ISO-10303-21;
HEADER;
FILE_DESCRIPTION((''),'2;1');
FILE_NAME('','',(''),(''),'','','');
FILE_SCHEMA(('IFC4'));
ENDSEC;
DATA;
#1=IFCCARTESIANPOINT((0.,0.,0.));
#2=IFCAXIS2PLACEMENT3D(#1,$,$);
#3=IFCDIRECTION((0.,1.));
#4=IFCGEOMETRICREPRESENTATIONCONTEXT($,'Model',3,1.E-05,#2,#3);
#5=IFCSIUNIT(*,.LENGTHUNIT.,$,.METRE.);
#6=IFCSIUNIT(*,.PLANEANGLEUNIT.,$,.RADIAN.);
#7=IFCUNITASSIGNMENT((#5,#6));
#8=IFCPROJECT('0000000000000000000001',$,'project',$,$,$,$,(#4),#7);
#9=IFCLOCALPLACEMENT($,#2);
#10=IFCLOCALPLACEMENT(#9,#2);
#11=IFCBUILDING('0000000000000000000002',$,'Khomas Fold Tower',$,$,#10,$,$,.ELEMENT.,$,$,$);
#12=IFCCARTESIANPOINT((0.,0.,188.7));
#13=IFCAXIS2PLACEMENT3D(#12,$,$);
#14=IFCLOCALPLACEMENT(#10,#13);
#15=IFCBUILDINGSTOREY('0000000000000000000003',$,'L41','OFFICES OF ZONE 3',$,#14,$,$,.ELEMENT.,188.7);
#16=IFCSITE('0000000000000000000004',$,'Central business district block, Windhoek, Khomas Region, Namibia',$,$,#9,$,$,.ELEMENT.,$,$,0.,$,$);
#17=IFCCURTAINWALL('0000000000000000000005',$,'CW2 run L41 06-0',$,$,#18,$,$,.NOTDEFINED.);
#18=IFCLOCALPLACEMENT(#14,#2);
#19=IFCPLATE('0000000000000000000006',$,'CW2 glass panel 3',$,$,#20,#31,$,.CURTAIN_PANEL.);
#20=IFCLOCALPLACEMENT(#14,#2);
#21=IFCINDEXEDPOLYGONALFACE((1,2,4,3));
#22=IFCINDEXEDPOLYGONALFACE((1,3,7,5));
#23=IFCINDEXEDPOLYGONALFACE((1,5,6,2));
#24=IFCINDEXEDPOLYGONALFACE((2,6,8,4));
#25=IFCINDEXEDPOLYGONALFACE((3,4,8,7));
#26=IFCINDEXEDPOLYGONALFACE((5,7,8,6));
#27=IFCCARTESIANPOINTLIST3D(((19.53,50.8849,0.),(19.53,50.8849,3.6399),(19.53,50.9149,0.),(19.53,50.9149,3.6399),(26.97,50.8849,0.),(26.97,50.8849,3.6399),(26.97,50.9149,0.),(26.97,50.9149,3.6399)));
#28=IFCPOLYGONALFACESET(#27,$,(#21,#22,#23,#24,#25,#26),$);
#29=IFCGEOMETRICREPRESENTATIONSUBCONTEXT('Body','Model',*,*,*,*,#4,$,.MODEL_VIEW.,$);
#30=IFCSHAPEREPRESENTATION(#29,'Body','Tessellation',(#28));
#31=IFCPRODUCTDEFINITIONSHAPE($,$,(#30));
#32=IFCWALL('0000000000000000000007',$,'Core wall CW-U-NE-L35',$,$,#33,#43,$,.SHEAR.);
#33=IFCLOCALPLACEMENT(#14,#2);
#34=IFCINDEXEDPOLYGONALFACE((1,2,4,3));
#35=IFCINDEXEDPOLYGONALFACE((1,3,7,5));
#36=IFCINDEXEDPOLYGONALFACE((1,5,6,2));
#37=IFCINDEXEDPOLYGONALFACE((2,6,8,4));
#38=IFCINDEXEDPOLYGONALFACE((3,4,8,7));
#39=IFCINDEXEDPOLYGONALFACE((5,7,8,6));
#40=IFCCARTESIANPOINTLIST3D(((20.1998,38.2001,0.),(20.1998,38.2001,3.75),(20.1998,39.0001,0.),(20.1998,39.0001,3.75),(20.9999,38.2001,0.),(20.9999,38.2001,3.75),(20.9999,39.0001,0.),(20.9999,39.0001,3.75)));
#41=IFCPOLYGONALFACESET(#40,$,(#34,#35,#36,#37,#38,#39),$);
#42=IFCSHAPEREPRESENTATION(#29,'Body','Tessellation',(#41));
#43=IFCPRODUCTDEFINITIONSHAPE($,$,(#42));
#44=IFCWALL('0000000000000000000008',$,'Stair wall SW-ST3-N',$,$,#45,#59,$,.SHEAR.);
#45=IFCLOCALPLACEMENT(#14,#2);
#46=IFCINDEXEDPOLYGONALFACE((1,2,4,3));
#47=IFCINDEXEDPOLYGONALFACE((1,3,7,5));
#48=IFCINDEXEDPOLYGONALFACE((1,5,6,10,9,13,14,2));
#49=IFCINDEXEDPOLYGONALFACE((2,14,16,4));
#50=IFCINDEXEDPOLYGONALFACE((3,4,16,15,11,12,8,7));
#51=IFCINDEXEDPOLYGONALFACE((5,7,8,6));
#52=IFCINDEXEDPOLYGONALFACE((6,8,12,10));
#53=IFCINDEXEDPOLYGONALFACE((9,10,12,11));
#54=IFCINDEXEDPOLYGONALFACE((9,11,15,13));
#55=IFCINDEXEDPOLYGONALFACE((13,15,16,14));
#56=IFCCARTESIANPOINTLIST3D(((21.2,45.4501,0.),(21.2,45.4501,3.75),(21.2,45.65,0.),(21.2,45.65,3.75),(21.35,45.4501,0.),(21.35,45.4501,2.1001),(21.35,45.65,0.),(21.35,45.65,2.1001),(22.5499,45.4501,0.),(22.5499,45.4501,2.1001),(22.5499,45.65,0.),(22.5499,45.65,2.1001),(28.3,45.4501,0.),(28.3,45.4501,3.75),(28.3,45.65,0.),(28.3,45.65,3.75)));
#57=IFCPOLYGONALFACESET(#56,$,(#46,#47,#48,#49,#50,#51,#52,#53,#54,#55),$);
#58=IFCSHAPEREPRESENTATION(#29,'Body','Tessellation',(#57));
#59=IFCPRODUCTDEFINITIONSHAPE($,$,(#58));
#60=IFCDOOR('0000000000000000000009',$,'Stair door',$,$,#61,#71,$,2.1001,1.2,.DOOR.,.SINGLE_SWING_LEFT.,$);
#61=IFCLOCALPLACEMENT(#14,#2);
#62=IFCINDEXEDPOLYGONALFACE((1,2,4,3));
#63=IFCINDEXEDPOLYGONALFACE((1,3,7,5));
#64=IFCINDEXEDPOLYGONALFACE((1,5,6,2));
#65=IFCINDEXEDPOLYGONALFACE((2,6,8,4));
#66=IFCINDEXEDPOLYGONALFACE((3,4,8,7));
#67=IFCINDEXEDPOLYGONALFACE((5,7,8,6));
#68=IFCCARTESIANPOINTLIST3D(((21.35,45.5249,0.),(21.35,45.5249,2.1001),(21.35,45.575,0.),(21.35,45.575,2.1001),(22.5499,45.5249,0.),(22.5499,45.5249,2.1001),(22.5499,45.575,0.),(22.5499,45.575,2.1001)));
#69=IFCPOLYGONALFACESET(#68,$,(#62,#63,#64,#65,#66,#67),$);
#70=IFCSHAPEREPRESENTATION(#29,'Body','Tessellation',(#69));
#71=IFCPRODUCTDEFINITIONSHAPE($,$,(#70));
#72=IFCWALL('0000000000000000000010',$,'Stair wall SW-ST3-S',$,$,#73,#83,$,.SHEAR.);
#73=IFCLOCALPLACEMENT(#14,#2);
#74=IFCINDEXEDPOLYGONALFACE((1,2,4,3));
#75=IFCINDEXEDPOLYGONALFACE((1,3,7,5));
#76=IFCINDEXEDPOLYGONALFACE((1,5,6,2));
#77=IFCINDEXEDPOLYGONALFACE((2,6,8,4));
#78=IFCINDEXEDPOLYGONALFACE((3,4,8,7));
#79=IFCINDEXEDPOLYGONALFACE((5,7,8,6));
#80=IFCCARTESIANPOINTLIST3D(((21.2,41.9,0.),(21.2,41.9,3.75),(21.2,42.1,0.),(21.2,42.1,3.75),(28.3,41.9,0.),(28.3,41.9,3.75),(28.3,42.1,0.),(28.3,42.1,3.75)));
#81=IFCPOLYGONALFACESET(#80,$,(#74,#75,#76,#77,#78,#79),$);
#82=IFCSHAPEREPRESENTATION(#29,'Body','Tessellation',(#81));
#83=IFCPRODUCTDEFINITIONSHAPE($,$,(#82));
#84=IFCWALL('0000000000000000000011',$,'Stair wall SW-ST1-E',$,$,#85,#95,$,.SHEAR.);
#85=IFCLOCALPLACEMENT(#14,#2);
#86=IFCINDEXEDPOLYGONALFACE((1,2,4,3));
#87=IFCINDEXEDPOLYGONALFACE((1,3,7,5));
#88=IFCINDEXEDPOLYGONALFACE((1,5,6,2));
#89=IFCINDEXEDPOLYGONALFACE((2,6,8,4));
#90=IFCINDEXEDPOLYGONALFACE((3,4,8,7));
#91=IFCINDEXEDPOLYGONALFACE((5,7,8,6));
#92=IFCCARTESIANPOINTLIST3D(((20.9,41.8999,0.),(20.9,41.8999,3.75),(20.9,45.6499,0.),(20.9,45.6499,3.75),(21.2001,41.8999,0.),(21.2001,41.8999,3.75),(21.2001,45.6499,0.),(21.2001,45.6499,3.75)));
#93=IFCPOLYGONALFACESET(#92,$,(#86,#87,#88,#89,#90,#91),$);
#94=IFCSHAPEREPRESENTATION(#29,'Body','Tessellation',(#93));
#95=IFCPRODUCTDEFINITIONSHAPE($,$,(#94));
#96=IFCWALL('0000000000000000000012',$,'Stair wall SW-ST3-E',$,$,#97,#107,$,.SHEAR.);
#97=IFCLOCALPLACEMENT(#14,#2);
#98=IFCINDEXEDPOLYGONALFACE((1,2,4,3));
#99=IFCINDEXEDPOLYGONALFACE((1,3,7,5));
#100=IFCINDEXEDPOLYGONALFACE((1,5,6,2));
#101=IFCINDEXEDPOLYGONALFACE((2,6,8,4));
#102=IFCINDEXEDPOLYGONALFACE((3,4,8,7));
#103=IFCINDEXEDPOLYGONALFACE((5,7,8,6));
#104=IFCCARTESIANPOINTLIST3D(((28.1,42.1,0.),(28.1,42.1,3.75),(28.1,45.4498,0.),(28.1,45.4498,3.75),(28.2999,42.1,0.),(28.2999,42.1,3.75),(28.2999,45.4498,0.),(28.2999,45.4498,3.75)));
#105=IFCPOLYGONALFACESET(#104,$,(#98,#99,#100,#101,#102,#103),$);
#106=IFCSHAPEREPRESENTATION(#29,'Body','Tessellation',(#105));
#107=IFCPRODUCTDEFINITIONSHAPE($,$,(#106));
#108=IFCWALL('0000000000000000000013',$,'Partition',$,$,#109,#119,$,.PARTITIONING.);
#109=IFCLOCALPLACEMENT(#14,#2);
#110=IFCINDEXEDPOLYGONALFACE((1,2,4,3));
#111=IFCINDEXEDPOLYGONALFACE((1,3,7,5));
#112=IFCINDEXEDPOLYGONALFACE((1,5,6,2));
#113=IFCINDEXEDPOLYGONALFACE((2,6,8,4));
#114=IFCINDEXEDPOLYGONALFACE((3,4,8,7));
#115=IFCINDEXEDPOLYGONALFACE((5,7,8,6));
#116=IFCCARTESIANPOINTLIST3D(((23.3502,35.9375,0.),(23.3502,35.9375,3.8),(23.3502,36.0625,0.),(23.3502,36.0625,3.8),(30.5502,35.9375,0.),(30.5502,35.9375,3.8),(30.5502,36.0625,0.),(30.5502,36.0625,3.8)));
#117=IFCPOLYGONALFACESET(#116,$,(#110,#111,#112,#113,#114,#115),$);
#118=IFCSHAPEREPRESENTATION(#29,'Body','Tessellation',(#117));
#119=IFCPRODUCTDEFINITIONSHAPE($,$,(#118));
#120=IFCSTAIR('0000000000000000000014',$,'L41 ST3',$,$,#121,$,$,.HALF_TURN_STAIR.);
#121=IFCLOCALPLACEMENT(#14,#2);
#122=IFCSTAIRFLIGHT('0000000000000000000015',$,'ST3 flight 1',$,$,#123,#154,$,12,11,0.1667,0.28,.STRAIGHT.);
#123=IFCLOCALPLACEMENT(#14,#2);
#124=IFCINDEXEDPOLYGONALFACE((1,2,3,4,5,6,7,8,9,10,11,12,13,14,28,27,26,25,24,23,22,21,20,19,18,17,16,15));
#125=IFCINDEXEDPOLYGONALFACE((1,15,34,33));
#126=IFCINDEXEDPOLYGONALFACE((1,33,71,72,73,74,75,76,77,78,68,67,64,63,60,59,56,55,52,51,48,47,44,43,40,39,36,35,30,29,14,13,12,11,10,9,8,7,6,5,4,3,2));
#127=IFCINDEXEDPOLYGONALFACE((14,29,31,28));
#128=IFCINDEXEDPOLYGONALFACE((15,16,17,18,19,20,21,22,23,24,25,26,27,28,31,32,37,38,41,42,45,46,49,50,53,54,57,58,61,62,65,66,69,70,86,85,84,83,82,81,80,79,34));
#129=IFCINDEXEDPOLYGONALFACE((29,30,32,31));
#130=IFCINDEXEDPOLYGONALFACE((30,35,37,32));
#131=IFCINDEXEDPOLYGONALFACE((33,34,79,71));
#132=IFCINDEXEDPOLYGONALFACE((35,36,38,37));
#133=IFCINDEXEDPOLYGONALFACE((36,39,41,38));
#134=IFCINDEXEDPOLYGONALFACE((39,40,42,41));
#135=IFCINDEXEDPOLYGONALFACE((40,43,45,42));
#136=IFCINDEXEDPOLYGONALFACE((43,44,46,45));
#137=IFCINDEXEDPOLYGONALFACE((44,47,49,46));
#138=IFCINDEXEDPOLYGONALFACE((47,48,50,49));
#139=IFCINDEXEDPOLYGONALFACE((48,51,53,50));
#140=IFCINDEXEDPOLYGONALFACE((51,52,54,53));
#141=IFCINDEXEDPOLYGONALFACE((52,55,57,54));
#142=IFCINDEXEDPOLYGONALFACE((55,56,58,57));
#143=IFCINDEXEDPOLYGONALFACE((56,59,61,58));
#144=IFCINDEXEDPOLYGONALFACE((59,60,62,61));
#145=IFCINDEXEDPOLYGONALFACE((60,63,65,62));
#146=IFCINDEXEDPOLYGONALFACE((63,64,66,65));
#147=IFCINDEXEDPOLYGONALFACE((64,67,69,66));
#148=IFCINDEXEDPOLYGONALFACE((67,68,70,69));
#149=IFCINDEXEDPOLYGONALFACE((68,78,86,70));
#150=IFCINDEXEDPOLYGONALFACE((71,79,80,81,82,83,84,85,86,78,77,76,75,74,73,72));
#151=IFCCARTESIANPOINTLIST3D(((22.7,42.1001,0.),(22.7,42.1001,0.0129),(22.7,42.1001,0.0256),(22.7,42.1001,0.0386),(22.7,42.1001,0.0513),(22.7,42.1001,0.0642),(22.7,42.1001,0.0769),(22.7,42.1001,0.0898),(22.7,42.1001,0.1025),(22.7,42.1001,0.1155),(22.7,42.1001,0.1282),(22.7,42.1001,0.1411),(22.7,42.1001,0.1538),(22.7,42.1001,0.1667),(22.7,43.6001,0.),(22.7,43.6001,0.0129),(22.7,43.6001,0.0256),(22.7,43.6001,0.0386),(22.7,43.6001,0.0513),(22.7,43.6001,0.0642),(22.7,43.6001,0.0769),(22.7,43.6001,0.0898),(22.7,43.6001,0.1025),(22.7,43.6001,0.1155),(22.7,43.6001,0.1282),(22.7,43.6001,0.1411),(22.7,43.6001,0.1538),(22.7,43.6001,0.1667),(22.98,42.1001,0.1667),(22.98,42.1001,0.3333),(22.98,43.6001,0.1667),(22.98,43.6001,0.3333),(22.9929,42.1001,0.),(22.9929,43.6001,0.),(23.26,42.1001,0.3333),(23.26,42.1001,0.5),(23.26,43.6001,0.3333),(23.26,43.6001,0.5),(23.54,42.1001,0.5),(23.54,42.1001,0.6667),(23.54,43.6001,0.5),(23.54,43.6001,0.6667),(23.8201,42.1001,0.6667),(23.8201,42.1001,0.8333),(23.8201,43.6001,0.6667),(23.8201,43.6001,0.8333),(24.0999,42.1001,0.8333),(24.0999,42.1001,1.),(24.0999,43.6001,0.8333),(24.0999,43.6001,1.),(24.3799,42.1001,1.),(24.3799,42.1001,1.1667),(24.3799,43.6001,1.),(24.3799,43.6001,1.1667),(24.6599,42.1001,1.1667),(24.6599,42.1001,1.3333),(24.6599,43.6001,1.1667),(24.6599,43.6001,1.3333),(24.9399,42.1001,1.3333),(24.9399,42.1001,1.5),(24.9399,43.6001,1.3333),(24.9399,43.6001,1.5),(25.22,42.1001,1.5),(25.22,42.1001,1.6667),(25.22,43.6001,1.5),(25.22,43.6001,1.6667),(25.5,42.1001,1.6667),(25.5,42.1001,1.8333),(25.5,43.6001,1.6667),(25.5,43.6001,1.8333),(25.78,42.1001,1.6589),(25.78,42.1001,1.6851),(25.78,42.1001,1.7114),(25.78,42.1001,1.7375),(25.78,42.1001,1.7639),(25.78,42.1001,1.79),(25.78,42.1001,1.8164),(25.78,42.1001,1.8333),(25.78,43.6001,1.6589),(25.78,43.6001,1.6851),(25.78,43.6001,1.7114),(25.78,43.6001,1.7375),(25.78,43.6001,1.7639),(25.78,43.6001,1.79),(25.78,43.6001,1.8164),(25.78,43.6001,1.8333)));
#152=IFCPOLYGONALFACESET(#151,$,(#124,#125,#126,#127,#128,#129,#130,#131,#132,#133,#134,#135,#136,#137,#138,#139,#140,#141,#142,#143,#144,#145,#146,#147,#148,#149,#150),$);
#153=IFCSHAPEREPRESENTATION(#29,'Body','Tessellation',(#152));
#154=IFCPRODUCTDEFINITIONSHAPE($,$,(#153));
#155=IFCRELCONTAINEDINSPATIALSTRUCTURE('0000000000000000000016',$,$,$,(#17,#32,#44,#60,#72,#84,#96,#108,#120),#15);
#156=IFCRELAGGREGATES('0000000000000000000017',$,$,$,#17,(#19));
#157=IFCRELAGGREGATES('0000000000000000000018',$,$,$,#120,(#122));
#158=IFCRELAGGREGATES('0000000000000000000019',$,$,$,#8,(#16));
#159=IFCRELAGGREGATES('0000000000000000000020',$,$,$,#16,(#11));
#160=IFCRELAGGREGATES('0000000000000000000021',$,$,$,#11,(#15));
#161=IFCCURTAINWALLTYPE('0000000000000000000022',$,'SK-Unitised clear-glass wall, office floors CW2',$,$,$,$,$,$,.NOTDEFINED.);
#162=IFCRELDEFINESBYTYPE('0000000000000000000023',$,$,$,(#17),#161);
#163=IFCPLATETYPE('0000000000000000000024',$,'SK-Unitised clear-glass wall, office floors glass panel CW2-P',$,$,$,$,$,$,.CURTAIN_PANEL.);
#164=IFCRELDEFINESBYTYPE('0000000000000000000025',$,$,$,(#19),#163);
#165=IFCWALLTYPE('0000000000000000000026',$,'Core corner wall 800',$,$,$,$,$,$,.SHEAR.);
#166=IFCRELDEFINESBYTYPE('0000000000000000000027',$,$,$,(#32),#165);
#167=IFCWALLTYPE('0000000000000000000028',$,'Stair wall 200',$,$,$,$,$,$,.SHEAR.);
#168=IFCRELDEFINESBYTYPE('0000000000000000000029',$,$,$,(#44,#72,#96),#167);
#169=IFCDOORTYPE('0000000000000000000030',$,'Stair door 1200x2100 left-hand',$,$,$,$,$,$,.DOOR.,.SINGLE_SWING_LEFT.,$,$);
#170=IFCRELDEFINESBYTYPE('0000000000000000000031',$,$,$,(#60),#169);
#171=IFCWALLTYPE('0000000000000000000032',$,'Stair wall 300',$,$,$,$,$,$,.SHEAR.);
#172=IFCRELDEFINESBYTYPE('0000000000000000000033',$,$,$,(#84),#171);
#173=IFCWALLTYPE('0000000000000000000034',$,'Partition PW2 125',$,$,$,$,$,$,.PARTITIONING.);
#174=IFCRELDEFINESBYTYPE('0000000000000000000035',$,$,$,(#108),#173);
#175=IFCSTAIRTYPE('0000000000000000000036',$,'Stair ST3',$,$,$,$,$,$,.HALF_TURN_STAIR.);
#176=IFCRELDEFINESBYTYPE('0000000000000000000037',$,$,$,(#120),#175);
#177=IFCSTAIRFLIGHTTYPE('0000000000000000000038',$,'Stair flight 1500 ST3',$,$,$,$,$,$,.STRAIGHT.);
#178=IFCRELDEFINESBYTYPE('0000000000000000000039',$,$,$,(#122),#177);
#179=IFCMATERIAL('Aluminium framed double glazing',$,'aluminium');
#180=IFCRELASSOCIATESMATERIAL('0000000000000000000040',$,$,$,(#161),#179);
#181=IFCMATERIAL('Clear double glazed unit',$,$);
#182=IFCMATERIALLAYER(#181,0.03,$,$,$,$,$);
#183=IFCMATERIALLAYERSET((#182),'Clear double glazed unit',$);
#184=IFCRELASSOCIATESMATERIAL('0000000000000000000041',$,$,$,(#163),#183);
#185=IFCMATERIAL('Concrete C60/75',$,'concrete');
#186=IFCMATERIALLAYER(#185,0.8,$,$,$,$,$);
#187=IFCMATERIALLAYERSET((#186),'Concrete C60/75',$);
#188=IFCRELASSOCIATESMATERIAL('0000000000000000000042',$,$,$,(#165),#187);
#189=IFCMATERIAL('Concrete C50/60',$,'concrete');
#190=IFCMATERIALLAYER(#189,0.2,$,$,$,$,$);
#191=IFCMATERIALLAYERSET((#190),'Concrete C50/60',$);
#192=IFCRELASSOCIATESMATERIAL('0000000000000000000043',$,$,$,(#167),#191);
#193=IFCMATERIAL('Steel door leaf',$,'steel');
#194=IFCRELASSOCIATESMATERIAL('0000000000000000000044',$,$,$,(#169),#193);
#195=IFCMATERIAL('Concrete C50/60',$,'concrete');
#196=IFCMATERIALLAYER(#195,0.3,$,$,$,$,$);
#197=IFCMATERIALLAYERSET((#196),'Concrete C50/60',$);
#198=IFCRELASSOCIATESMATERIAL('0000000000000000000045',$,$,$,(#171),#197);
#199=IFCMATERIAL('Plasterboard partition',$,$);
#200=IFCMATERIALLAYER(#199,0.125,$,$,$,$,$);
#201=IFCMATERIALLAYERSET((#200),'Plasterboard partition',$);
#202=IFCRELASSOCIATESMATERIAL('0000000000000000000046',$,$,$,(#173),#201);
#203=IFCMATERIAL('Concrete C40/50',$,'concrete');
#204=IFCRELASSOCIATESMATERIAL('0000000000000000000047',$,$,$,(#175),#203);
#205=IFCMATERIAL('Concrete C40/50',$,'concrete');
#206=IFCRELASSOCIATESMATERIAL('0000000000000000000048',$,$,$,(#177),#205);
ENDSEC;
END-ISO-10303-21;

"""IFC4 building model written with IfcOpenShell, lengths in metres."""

from ifc_helpers import new_model, si_unit, direction, frame, frame_2d, origin, origin_2d, place, context, subcontext, project, spatial, polyline, rectangle, outline, extrude, source, transform, mapped, material, layer, layer_set, type_object, element, fill, aggregate, save


model = new_model("IFC4")

# Units and contexts
model_context = context("Model", 3, precision=1e-05, world=origin(), true_north=direction((0.0, 1.0)))
body_context = subcontext(model_context, "Body", "Model", "MODEL_VIEW")
ifc_project = project(units=[si_unit("LENGTHUNIT", "METRE"), si_unit("PLANEANGLEUNIT", "RADIAN")], contexts=[model_context])

# Site, building, storey
site_placement = place(None, origin())
site = spatial("IfcSite", under=ifc_project, at=site_placement, Name="Central business district block, Windhoek, Khomas Region, Namibia", CompositionType="ELEMENT", RefElevation=0.0)
building_placement = place(site_placement, origin())
building = spatial("IfcBuilding", under=site, at=building_placement, Name="Khomas Fold Tower", CompositionType="ELEMENT")
storey_placement = place(building_placement, frame((0.0, 0.0, 188.7)))
storey = spatial("IfcBuildingStorey", under=building, at=storey_placement, Name="L41", Description="OFFICES OF ZONE 3", CompositionType="ELEMENT", Elevation=188.7)

# Curtain wall
ifc_material_1 = material(Name="Aluminium framed double glazing", Category="aluminium")
curtain_wall_type = type_object("IfcCurtainWallType", Name="SK-Unitised clear-glass wall, office floors CW2", PredefinedType="NOTDEFINED", material=ifc_material_1)
curtain_wall_placement = place(storey_placement, origin())
curtain_wall = element("IfcCurtainWall", 1, at=curtain_wall_placement, inside=storey, type_object=curtain_wall_type, Name="CW2 run L41 06-0", PredefinedType="NOTDEFINED")

# Plate
ifc_material_2 = material(Name="Clear double glazed unit")
ifc_layer_1 = layer(ifc_material_2, 0.03)
ifc_layer_set_1 = layer_set([ifc_layer_1], Name="Clear double glazed unit")
plate_type_1 = type_object("IfcPlateType", Name="SK-Unitised clear-glass wall, office floors glass panel CW2-P", PredefinedType="CURTAIN_PANEL", material=ifc_layer_set_1)
shared_shape_1 = source(origin(), body_context, "Body", "SweptSolid", [
    extrude(rectangle(XDim=7.4399, YDim=0.03, at=origin_2d()), origin(), (0.0, 0.0, 1.0), 3.6399),
])
plate_placement = place(storey_placement, frame((23.25, 50.8999, 0.0), z_axis=(0.0, 0.0, 1.0), x_axis=(-1.0, 0.0, 0.0)))
plate = element("IfcPlate", 2, at=plate_placement, type_object=plate_type_1, Name="CW2 glass panel 3", PredefinedType="CURTAIN_PANEL", context=body_context, shape_type="MappedRepresentation", body=[
    mapped(shared_shape_1, transform((0.0, 0.0, 0.0))),
])
aggregate(curtain_wall, [plate])

# Wall
ifc_material_3 = material(Name="Concrete C60/75", Category="concrete")
ifc_layer_2 = layer(ifc_material_3, 0.8)
ifc_layer_set_2 = layer_set([ifc_layer_2], Name="Concrete C60/75")
wall_type_1 = type_object("IfcWallType", Name="Core corner wall 800", PredefinedType="SHEAR", material=ifc_layer_set_2)
shared_shape_2 = source(origin(), body_context, "Body", "SweptSolid", [
    extrude(rectangle(XDim=0.8, YDim=0.8, at=frame_2d((0.3999, 0.0))), origin(), (0.0, 0.0, 1.0), 3.75),
])
wall_1_placement = place(storey_placement, frame((20.2, 38.6001, 0.0), z_axis=(0.0, 0.0, 1.0), x_axis=(1.0, 0.0, 0.0)))
element("IfcWall", 3, at=wall_1_placement, inside=storey, type_object=wall_type_1, Name="Core wall CW-U-NE-L35", PredefinedType="SHEAR", context=body_context, shape_type="MappedRepresentation", body=[
    mapped(shared_shape_2, transform((0.0, 0.0, 0.0))),
])

# Wall, opening, door
ifc_material_4 = material(Name="Concrete C50/60", Category="concrete")
ifc_layer_3 = layer(ifc_material_4, 0.2)
ifc_layer_set_3 = layer_set([ifc_layer_3], Name="Concrete C50/60")
wall_type_2 = type_object("IfcWallType", Name="Stair wall 200", PredefinedType="SHEAR", material=ifc_layer_set_3)
shared_shape_3 = source(origin(), body_context, "Body", "SweptSolid", [
    extrude(rectangle(XDim=7.1001, YDim=0.2, at=frame_2d((3.55, 0.0))), origin(), (0.0, 0.0, 1.0), 3.75),
])
wall_2_placement = place(storey_placement, frame((21.2, 45.55, 0.0), z_axis=(0.0, 0.0, 1.0), x_axis=(1.0, 0.0, 0.0)))
wall_2 = element("IfcWall", 4, at=wall_2_placement, inside=storey, type_object=wall_type_2, Name="Stair wall SW-ST3-N", PredefinedType="SHEAR", context=body_context, shape_type="MappedRepresentation", body=[
    mapped(shared_shape_3, transform((0.0, 0.0, 0.0))),
])
shared_shape_4 = source(origin(), body_context, "Body", "SweptSolid", [
    extrude(rectangle(XDim=1.2, YDim=2.1001, at=frame_2d((0.6001, 1.05))), frame((0.0, 0.1099, 0.0), z_axis=(0.0, -1.0, 0.0), x_axis=(1.0, 0.0, 0.0)), (0.0, 0.0, 1.0), 0.22),
])
opening_placement = place(wall_2_placement, frame((0.1499, 0.0, 0.0)))
opening = element("IfcOpeningElement", 5, at=opening_placement, cuts=wall_2, PredefinedType="OPENING", context=body_context, shape_type="MappedRepresentation", body=[
    mapped(shared_shape_4, transform((0.0, 0.0, 0.0))),
])
ifc_material_5 = material(Name="Steel door leaf", Category="steel")
door_type = type_object("IfcDoorType", Name="Stair door 1200x2100 left-hand", OperationType="SINGLE_SWING_LEFT", PredefinedType="DOOR", material=ifc_material_5)
shared_shape_5 = source(origin(), body_context, "Body", "SweptSolid", [
    extrude(rectangle(XDim=1.2, YDim=2.1001, at=frame_2d((0.6001, 1.05))), frame((0.0, 0.0249, 0.0), z_axis=(0.0, -1.0, 0.0), x_axis=(1.0, 0.0, 0.0)), (0.0, 0.0, 1.0), 0.05),
])
door_placement = place(opening_placement, origin())
door = element("IfcDoor", 6, at=door_placement, inside=storey, type_object=door_type, Name="Stair door", OperationType="SINGLE_SWING_LEFT", OverallHeight=2.1001, OverallWidth=1.2, PredefinedType="DOOR", context=body_context, shape_type="MappedRepresentation", body=[
    mapped(shared_shape_5, transform((0.0, 0.0, 0.0))),
])
fill(opening, door)

# Walls
wall_3_placement = place(storey_placement, frame((21.2, 42.0, 0.0), z_axis=(0.0, 0.0, 1.0), x_axis=(1.0, 0.0, 0.0)))
element("IfcWall", 7, at=wall_3_placement, inside=storey, type_object=wall_type_2, Name="Stair wall SW-ST3-S", PredefinedType="SHEAR", context=body_context, shape_type="MappedRepresentation", body=[
    mapped(shared_shape_3, transform((0.0, 0.0, 0.0))),
])
ifc_material_6 = material(Name="Concrete C50/60", Category="concrete")
ifc_layer_4 = layer(ifc_material_6, 0.3)
ifc_layer_set_4 = layer_set([ifc_layer_4], Name="Concrete C50/60")
wall_type_3 = type_object("IfcWallType", Name="Stair wall 300", PredefinedType="SHEAR", material=ifc_layer_set_4)
shared_shape_6 = source(origin(), body_context, "Body", "SweptSolid", [
    extrude(rectangle(XDim=3.75, YDim=0.3, at=frame_2d((1.875, 0.0))), origin(), (0.0, 0.0, 1.0), 3.75),
])
wall_4_placement = place(storey_placement, frame((21.05, 41.8999, 0.0), z_axis=(0.0, 0.0, 1.0), x_axis=(0.0, 1.0, 0.0)))
element("IfcWall", 8, at=wall_4_placement, inside=storey, type_object=wall_type_3, Name="Stair wall SW-ST1-E", PredefinedType="SHEAR", context=body_context, shape_type="MappedRepresentation", body=[
    mapped(shared_shape_6, transform((0.0, 0.0, 0.0))),
])
shared_shape_7 = source(origin(), body_context, "Body", "SweptSolid", [
    extrude(rectangle(XDim=3.3499, YDim=0.2, at=frame_2d((1.6748, 0.0))), origin(), (0.0, 0.0, 1.0), 3.75),
])
wall_5_placement = place(storey_placement, frame((28.2, 42.1001, 0.0), z_axis=(0.0, 0.0, 1.0), x_axis=(0.0, 1.0, 0.0)))
element("IfcWall", 9, at=wall_5_placement, inside=storey, type_object=wall_type_2, Name="Stair wall SW-ST3-E", PredefinedType="SHEAR", context=body_context, shape_type="MappedRepresentation", body=[
    mapped(shared_shape_7, transform((0.0, 0.0, 0.0))),
])
ifc_material_7 = material(Name="Plasterboard partition")
ifc_layer_5 = layer(ifc_material_7, 0.125)
ifc_layer_set_5 = layer_set([ifc_layer_5], Name="Plasterboard partition")
wall_type_4 = type_object("IfcWallType", Name="Partition PW2 125", PredefinedType="PARTITIONING", material=ifc_layer_set_5)
shared_shape_8 = source(origin(), body_context, "Body", "SweptSolid", [
    extrude(rectangle(XDim=7.2, YDim=0.125, at=frame_2d((3.6001, 0.0))), origin(), (0.0, 0.0, 1.0), 3.8),
])
wall_6_placement = place(storey_placement, frame((23.3501, 36.0, 0.0), z_axis=(0.0, 0.0, 1.0), x_axis=(1.0, 0.0, 0.0)))
element("IfcWall", 10, at=wall_6_placement, inside=storey, type_object=wall_type_4, Name="Partition", PredefinedType="PARTITIONING", context=body_context, shape_type="MappedRepresentation", body=[
    mapped(shared_shape_8, transform((0.0, 0.0, 0.0))),
])

# Stair, stair flight
ifc_material_8 = material(Name="Concrete C40/50", Category="concrete")
stair_type = type_object("IfcStairType", Name="Stair ST3", PredefinedType="HALF_TURN_STAIR", material=ifc_material_8)
stair_placement = place(storey_placement, origin())
stair = element("IfcStair", 11, at=stair_placement, inside=storey, type_object=stair_type, Name="L41 ST3", PredefinedType="HALF_TURN_STAIR")
ifc_material_9 = material(Name="Concrete C40/50", Category="concrete")
stair_flight_type = type_object("IfcStairFlightType", Name="Stair flight 1500 ST3", PredefinedType="STRAIGHT", material=ifc_material_9)
shared_shape_9 = source(origin(), body_context, "Body", "SweptSolid", [
    extrude(outline(polyline([(0.0, 0.0), (0.0, 0.0129), (0.0, 0.0256), (0.0, 0.0386), (0.0, 0.0513), (0.0, 0.0642), (0.0, 0.0769), (0.0, 0.0898), (0.0, 0.1025), (0.0, 0.1155), (0.0, 0.1282), (0.0, 0.1411), (0.0, 0.1538), (0.0, 0.1667), (0.28, 0.1667), (0.28, 0.3333), (0.5601, 0.3333), (0.5601, 0.5), (0.8401, 0.5), (0.8401, 0.6667), (1.1201, 0.6667), (1.1201, 0.8333), (1.3999, 0.8333), (1.3999, 1.0), (1.6799, 1.0), (1.6799, 1.1667), (1.96, 1.1667), (1.96, 1.3333), (2.24, 1.3333), (2.24, 1.5), (2.52, 1.5), (2.52, 1.6667), (2.8, 1.6667), (2.8, 1.8333), (3.0801, 1.8333), (3.0801, 2.0), (3.0801, 1.9739), (3.0801, 1.9475), (3.0801, 1.9214), (3.0801, 1.895), (3.0801, 1.8689), (3.0801, 1.8425), (3.0801, 1.8164), (3.0801, 1.79), (3.0801, 1.7639), (3.0801, 1.7375), (3.0801, 1.7114), (3.0801, 1.6851), (3.0801, 1.6589), (0.293, 0.0), (0.0, 0.0)])), frame((0.0, 0.75, 0.0), z_axis=(0.0, -1.0, 0.0), x_axis=(1.0, 0.0, 0.0)), (0.0, 0.0, 1.0), 1.5),
])
stair_flight_1_placement = place(storey_placement, frame((22.7, 42.8501, 0.0), z_axis=(0.0, 0.0, 1.0), x_axis=(1.0, 0.0, 0.0)))
stair_flight_1 = element("IfcStairFlight", 12, at=stair_flight_1_placement, type_object=stair_flight_type, Name="ST3 flight 1", NumberOfRisers=12, NumberOfTreads=11, PredefinedType="STRAIGHT", RiserHeight=0.1667, TreadLength=0.28, context=body_context, shape_type="MappedRepresentation", body=[
    mapped(shared_shape_9, transform((0.0, 0.0, 0.0))),
])
aggregate(stair, [stair_flight_1])

save(model, "model.ifc")
